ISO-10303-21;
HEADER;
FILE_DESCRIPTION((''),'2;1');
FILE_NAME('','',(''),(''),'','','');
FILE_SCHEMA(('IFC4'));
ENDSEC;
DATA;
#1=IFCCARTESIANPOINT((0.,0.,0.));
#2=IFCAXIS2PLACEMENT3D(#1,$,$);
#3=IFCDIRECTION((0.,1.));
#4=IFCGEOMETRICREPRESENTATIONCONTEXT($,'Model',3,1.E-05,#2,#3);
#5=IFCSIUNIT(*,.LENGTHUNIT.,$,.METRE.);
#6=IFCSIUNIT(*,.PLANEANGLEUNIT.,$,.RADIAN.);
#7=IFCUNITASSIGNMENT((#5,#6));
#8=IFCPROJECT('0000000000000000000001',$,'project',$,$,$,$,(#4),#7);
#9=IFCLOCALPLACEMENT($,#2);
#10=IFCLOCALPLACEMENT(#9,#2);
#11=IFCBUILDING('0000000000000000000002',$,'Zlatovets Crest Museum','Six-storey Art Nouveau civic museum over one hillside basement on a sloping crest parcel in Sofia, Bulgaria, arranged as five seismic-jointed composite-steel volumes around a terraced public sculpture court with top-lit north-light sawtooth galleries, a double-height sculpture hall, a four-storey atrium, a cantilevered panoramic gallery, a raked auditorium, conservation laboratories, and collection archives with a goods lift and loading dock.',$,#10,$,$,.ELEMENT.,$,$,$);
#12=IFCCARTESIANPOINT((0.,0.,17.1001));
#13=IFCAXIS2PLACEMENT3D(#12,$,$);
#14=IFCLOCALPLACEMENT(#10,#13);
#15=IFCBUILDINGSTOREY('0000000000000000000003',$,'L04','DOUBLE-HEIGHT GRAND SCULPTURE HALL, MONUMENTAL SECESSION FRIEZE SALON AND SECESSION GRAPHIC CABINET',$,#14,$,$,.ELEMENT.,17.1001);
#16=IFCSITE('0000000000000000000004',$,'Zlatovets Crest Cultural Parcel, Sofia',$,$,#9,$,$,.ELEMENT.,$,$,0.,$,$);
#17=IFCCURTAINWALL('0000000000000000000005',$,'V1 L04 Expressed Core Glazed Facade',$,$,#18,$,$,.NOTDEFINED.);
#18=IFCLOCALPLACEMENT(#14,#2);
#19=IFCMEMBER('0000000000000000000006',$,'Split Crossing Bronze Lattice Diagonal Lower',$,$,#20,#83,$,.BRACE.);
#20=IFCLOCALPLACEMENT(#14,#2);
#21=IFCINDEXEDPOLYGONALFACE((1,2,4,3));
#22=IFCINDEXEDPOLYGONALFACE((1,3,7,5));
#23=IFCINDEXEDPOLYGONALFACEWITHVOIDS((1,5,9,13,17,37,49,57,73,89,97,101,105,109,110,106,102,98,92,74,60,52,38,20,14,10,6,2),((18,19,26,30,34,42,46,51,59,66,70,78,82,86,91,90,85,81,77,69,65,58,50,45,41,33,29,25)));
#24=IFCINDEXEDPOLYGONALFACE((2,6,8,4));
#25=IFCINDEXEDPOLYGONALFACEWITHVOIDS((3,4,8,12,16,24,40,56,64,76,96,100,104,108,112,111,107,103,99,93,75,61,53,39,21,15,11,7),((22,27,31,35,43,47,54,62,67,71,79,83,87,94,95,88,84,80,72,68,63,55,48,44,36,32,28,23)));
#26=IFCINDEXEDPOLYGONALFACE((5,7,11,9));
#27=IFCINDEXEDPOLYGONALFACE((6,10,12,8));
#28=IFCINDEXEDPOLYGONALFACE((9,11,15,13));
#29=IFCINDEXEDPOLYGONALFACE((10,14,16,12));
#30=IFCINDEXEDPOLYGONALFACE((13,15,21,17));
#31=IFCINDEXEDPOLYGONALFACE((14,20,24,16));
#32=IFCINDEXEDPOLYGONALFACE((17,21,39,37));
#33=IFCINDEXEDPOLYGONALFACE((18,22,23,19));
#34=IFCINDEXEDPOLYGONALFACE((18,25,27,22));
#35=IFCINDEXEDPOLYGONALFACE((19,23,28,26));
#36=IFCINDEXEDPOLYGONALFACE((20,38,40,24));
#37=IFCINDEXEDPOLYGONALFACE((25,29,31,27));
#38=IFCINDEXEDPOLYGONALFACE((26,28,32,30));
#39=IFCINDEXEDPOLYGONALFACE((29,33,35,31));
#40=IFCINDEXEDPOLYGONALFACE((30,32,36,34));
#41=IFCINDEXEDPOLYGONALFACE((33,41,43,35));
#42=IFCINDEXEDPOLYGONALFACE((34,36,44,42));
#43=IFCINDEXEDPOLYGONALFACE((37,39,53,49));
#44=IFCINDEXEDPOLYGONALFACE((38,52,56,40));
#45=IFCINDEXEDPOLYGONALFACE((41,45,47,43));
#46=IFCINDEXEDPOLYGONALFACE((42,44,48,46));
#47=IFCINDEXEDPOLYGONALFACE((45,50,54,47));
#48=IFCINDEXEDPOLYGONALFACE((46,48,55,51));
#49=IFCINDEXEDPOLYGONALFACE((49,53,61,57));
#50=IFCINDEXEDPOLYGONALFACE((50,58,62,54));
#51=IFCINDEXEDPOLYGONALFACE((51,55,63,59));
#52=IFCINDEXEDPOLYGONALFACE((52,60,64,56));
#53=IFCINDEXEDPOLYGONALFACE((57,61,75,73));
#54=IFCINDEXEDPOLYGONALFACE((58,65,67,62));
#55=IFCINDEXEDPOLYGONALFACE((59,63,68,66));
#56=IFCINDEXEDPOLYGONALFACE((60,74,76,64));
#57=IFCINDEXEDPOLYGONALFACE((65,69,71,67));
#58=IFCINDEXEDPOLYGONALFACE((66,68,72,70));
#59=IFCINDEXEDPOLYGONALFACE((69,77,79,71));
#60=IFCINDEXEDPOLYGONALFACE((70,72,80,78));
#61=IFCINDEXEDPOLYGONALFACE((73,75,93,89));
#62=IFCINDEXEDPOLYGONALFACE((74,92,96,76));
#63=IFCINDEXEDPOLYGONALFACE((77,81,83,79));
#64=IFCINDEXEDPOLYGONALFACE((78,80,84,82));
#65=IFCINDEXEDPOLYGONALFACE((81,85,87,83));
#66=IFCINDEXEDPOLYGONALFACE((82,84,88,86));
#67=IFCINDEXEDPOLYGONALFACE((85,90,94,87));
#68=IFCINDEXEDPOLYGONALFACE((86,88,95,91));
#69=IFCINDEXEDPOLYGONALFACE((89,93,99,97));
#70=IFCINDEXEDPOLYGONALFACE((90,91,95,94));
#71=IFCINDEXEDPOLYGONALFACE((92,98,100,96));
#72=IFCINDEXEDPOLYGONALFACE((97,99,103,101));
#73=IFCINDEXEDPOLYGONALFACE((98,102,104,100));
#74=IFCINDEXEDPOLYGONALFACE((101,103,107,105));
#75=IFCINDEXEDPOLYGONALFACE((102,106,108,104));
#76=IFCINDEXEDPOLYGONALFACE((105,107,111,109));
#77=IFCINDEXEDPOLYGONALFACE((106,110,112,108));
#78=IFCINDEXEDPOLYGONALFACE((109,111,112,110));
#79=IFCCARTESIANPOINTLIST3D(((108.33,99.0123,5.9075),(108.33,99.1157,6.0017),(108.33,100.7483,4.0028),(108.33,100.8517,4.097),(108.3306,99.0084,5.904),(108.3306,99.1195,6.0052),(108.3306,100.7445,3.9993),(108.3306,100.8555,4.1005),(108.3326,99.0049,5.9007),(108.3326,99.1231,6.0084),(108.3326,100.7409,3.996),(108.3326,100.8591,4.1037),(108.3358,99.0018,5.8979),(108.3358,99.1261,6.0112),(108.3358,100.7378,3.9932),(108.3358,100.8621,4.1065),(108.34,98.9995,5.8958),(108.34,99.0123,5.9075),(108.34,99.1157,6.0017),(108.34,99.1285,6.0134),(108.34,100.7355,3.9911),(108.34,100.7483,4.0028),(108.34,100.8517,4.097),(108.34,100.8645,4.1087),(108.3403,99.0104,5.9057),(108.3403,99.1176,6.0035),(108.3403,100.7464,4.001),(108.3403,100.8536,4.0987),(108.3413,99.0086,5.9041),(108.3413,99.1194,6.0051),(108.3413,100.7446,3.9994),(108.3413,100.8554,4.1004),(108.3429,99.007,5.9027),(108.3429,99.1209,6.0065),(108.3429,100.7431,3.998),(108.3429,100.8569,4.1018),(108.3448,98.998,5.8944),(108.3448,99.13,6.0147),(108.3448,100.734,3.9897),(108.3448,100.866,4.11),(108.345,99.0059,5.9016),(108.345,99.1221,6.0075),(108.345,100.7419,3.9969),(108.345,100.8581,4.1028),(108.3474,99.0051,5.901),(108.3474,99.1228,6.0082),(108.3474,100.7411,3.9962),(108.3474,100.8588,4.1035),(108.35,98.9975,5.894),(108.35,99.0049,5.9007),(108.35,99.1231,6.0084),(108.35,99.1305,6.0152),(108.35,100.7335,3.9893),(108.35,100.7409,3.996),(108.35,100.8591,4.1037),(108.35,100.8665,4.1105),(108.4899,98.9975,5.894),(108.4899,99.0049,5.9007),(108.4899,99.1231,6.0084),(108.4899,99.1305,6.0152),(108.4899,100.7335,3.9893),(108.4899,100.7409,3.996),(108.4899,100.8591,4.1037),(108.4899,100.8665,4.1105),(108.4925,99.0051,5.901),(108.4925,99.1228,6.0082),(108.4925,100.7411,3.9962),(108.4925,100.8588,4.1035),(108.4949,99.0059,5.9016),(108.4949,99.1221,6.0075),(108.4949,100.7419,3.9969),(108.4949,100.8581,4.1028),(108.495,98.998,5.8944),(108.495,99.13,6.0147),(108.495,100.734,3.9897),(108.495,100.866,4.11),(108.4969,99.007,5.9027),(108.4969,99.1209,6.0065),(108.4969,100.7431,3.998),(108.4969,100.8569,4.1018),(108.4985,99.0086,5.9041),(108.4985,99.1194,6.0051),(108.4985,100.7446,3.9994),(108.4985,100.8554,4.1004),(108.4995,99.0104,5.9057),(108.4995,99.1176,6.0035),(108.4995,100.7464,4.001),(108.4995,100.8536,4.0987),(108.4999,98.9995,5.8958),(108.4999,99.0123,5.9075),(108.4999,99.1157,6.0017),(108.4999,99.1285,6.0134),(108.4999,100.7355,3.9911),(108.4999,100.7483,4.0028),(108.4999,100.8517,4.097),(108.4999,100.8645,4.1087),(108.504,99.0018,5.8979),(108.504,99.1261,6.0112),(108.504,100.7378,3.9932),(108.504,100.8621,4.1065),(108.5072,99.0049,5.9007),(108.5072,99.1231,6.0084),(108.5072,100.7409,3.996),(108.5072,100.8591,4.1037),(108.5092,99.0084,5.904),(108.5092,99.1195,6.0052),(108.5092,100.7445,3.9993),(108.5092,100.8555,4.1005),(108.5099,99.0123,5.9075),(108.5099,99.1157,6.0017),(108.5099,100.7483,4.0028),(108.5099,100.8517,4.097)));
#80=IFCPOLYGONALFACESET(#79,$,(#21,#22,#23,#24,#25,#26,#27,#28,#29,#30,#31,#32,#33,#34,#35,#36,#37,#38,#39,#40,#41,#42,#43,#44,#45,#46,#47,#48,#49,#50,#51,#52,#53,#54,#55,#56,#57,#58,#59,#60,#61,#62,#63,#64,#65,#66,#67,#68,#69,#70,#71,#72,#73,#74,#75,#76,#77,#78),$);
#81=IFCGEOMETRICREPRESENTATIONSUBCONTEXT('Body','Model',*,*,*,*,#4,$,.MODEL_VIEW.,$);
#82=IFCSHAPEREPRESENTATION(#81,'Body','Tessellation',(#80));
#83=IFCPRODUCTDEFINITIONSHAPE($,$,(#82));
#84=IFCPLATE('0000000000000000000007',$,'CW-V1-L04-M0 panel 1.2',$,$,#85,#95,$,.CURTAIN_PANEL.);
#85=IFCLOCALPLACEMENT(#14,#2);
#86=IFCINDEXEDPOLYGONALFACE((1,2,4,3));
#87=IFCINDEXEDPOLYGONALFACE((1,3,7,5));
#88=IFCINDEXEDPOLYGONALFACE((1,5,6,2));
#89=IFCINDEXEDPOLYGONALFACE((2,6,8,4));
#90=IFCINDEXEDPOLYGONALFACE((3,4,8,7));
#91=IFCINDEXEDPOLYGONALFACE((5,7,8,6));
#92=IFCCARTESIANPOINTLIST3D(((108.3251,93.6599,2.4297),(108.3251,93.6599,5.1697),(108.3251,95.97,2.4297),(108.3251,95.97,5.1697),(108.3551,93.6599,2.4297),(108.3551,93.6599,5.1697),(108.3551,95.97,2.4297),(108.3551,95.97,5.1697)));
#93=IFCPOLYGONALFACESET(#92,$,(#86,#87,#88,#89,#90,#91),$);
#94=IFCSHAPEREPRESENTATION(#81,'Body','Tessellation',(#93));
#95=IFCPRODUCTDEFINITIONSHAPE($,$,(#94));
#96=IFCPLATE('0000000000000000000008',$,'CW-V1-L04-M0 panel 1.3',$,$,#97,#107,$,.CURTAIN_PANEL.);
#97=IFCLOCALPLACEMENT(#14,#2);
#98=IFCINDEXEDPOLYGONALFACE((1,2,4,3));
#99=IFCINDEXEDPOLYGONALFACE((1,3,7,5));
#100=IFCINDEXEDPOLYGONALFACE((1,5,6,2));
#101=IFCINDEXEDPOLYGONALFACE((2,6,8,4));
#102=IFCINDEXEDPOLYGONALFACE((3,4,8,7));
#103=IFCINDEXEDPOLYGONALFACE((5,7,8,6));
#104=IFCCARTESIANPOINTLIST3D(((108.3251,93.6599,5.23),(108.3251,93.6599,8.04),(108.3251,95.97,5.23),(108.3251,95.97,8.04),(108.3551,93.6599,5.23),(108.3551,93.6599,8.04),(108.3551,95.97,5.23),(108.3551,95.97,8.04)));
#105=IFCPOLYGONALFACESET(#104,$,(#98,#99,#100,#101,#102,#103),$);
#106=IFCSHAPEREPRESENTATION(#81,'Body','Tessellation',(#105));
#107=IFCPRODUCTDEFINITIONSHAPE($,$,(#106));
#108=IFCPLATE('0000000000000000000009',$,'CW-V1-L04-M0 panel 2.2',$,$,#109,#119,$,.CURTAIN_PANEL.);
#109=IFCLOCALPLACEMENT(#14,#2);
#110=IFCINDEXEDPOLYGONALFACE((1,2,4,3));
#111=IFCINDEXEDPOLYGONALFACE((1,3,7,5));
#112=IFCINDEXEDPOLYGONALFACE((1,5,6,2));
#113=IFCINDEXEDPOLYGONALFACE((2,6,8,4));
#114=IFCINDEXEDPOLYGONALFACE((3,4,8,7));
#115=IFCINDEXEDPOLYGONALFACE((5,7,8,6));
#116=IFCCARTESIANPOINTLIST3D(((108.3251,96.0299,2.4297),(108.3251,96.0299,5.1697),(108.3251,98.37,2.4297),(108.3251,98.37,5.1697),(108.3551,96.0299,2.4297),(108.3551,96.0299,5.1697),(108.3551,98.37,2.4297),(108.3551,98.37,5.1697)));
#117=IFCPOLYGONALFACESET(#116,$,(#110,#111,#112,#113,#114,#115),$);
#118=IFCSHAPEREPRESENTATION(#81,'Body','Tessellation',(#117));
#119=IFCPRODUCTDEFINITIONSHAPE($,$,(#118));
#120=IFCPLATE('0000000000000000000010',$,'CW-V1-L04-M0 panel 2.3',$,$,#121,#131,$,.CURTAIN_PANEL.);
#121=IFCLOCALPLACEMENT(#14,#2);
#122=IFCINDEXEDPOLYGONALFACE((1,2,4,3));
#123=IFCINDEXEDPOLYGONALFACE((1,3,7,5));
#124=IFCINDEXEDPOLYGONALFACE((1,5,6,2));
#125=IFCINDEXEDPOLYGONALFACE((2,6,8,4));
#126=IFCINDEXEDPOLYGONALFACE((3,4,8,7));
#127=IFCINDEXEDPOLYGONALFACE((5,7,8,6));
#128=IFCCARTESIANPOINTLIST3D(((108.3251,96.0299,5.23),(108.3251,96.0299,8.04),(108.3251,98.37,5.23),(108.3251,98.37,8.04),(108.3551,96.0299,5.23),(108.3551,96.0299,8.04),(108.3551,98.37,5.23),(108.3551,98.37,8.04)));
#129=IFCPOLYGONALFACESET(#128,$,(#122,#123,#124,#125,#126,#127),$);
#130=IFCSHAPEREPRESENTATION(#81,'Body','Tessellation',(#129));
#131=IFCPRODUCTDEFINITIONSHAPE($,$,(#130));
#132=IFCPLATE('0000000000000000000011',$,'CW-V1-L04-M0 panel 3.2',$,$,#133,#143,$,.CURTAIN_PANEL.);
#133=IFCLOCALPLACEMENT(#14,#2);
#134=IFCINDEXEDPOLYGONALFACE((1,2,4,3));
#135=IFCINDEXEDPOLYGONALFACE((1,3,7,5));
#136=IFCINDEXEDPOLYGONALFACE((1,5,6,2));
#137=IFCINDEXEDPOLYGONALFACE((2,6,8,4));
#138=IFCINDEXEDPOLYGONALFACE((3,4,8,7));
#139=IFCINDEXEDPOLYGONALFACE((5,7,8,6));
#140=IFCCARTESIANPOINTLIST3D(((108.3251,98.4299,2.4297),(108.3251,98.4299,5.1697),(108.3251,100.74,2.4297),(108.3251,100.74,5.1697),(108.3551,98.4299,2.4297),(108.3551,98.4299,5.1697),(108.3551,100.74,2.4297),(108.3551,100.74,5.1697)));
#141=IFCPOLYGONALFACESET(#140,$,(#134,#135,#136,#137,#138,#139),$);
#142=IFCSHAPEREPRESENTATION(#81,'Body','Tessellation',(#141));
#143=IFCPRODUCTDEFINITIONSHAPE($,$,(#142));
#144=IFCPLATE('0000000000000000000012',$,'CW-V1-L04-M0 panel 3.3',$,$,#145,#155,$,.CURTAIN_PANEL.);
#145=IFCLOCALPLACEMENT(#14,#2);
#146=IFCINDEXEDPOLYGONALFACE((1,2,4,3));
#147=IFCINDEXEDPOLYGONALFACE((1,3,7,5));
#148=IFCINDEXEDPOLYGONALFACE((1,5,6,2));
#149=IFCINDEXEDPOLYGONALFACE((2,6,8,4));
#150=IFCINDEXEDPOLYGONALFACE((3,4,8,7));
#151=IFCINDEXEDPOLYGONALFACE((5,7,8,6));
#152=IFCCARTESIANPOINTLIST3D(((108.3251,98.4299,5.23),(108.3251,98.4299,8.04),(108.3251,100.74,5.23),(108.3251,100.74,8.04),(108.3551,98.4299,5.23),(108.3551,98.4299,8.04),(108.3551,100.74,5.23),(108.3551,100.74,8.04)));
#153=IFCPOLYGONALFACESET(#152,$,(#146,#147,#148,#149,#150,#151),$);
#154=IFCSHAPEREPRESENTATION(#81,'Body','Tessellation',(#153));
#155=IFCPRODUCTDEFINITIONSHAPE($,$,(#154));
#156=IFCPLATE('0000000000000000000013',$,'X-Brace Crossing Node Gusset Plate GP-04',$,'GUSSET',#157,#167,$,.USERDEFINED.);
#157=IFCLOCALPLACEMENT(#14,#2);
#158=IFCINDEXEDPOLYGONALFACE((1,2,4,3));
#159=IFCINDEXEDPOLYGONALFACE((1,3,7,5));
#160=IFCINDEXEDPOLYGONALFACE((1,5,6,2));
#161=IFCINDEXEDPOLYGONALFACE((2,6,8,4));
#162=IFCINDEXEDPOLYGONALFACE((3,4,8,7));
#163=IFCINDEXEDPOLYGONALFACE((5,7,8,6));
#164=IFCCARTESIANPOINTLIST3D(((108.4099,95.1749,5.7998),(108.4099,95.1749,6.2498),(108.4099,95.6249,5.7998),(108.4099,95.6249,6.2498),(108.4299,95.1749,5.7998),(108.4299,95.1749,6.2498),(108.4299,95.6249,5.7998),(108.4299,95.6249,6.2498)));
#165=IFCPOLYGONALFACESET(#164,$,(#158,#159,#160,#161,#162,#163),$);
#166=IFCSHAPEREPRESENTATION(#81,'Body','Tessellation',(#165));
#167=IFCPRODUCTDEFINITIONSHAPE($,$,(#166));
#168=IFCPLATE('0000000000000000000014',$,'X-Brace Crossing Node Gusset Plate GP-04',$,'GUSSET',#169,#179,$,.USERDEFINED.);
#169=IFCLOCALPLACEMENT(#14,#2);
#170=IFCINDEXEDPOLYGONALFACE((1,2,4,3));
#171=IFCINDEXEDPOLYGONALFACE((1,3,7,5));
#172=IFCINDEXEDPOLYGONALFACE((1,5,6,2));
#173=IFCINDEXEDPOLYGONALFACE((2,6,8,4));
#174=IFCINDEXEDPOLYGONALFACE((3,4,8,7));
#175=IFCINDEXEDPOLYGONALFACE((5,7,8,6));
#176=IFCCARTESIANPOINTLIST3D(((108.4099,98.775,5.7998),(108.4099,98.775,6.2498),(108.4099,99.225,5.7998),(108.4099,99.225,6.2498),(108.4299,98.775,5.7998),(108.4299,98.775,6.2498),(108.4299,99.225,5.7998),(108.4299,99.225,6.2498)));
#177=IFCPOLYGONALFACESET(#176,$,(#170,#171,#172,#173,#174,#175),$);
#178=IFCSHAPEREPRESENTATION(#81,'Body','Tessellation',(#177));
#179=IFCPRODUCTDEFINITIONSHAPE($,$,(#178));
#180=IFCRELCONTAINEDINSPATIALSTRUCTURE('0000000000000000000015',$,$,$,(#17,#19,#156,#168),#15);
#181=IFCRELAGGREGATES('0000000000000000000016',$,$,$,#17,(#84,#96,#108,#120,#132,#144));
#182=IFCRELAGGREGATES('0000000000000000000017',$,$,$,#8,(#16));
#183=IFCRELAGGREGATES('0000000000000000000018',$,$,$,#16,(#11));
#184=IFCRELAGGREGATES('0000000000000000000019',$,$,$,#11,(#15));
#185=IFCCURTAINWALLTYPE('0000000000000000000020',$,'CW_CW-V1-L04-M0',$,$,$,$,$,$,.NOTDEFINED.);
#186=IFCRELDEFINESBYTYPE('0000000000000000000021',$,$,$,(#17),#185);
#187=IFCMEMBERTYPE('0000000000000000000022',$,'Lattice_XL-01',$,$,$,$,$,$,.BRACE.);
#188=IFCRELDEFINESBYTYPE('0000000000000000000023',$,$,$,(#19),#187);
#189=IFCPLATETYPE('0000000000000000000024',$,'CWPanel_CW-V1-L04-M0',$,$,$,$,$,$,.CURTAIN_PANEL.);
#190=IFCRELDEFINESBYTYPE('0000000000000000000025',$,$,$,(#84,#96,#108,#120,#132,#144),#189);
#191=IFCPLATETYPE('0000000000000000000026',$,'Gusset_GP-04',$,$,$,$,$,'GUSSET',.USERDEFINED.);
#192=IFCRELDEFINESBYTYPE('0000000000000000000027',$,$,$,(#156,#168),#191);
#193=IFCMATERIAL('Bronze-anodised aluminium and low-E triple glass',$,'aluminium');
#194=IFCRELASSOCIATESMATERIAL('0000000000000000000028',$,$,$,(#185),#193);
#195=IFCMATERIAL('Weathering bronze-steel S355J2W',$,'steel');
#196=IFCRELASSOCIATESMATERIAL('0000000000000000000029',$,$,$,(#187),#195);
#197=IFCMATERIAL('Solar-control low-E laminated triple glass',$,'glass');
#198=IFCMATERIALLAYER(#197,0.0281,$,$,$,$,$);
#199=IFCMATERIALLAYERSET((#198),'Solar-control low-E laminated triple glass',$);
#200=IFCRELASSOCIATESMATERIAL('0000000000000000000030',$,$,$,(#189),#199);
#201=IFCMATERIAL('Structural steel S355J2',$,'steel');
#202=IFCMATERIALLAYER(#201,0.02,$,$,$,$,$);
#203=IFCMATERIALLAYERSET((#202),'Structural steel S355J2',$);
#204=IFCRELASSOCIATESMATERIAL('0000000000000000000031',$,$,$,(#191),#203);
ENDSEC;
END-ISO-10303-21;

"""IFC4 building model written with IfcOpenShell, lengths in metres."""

from ifc_helpers import new_model, si_unit, direction, frame, origin, origin_2d, place, context, subcontext, project, spatial, rectangle, hollow_rectangle, extrude, material, layer, layer_set, material_profile, profile_set, type_object, element, aggregate, save


model = new_model("IFC4")

# Units and contexts
model_context = context("Model", 3, precision=1e-05, world=origin(), true_north=direction((0.0, 1.0)))
body_context = subcontext(model_context, "Body", "Model", "MODEL_VIEW")
ifc_project = project(units=[si_unit("LENGTHUNIT", "METRE"), si_unit("PLANEANGLEUNIT", "RADIAN")], contexts=[model_context])

# Site, building, storey
site_placement = place(None, origin())
site = spatial("IfcSite", under=ifc_project, at=site_placement, Name="Zlatovets Crest Cultural Parcel, Sofia", CompositionType="ELEMENT", RefElevation=0.0)
building_placement = place(site_placement, origin())
building = spatial("IfcBuilding", under=site, at=building_placement, Name="Zlatovets Crest Museum", Description="Six-storey Art Nouveau civic museum over one hillside basement on a sloping crest parcel in Sofia, Bulgaria, arranged as five seismic-jointed composite-steel volumes around a terraced public sculpture court with top-lit north-light sawtooth galleries, a double-height sculpture hall, a four-storey atrium, a cantilevered panoramic gallery, a raked auditorium, conservation laboratories, and collection archives with a goods lift and loading dock.", CompositionType="ELEMENT")
storey_placement = place(building_placement, frame((0.0, 0.0, 17.1001)))
storey = spatial("IfcBuildingStorey", under=building, at=storey_placement, Name="L04", Description="DOUBLE-HEIGHT GRAND SCULPTURE HALL, MONUMENTAL SECESSION FRIEZE SALON AND SECESSION GRAPHIC CABINET", CompositionType="ELEMENT", Elevation=17.1001)

# Shared definitions
ifc_material_1 = material(Name="Structural steel S355J2", Category="steel")

# Curtain wall
ifc_material_2 = material(Name="Bronze-anodised aluminium and low-E triple glass", Category="aluminium")
curtain_wall_type = type_object("IfcCurtainWallType", Name="CW_CW-V1-L04-M0", PredefinedType="NOTDEFINED", material=ifc_material_2)
curtain_wall_placement = place(storey_placement, origin())
curtain_wall = element("IfcCurtainWall", 1, at=curtain_wall_placement, inside=storey, type_object=curtain_wall_type, Name="V1 L04 Expressed Core Glazed Facade", PredefinedType="NOTDEFINED")

# Member
ifc_material_3 = material(Name="Weathering bronze-steel S355J2W", Category="steel")
ifc_material_profile_1 = material_profile(ifc_material_3, hollow_rectangle(XDim=0.1799, YDim=0.1799, WallThickness=0.01, InnerFilletRadius=0.01, OuterFilletRadius=0.02, at=origin_2d()), Name="SHS 180x180x10.0")
ifc_profile_set_1 = profile_set([ifc_material_profile_1], Name="Weathering bronze-steel S355J2W")
member_type_1 = type_object("IfcMemberType", Name="Lattice_XL-01", PredefinedType="BRACE", material=ifc_profile_set_1)
for number, where, z_axis, x_axis, name in (
    (2, (108.4199, 99.064, 5.9546), (0.0, 0.67362, -0.739078), (-1.0, 0.0, 0.0), "Split Crossing Bronze Lattice Diagonal Lower"),
):
    element("IfcMember", number, at=place(storey_placement, frame(where, z_axis=z_axis, x_axis=x_axis)), inside=storey, type_object=member_type_1, Name=name, PredefinedType="BRACE", context=body_context, shape_type="SweptSolid", body=[
        extrude(hollow_rectangle(XDim=0.1799, YDim=0.1799, WallThickness=0.01, InnerFilletRadius=0.01, OuterFilletRadius=0.02, at=origin_2d()), origin(), (0.0, 0.0, 1.0), 2.5771),
    ])

# Plates
ifc_material_4 = material(Name="Solar-control low-E laminated triple glass", Category="glass")
ifc_layer_1 = layer(ifc_material_4, 0.0281)
ifc_layer_set_1 = layer_set([ifc_layer_1], Name="Solar-control low-E laminated triple glass")
plate_type_1 = type_object("IfcPlateType", Name="CWPanel_CW-V1-L04-M0", PredefinedType="CURTAIN_PANEL", material=ifc_layer_set_1)
plate_1_placement = place(storey_placement, frame((108.3401, 94.8149, 2.4297), z_axis=(0.0, 0.0, 1.0), x_axis=(0.0, 1.0, 0.0)))
plate_1 = element("IfcPlate", 3, at=plate_1_placement, type_object=plate_type_1, Name="CW-V1-L04-M0 panel 1.2", PredefinedType="CURTAIN_PANEL", context=body_context, shape_type="SweptSolid", body=[
    extrude(rectangle(XDim=2.3101, YDim=0.03, at=origin_2d()), origin(), (0.0, 0.0, 1.0), 2.74),
])
plate_2_placement = place(storey_placement, frame((108.3401, 94.8149, 5.23), z_axis=(0.0, 0.0, 1.0), x_axis=(0.0, 1.0, 0.0)))
plate_2 = element("IfcPlate", 4, at=plate_2_placement, type_object=plate_type_1, Name="CW-V1-L04-M0 panel 1.3", PredefinedType="CURTAIN_PANEL", context=body_context, shape_type="SweptSolid", body=[
    extrude(rectangle(XDim=2.3101, YDim=0.03, at=origin_2d()), origin(), (0.0, 0.0, 1.0), 2.8101),
])
plate_3_placement = place(storey_placement, frame((108.3401, 97.2, 2.4297), z_axis=(0.0, 0.0, 1.0), x_axis=(0.0, 1.0, 0.0)))
plate_3 = element("IfcPlate", 5, at=plate_3_placement, type_object=plate_type_1, Name="CW-V1-L04-M0 panel 2.2", PredefinedType="CURTAIN_PANEL", context=body_context, shape_type="SweptSolid", body=[
    extrude(rectangle(XDim=2.3401, YDim=0.03, at=origin_2d()), origin(), (0.0, 0.0, 1.0), 2.74),
])
plate_4_placement = place(storey_placement, frame((108.3401, 97.2, 5.23), z_axis=(0.0, 0.0, 1.0), x_axis=(0.0, 1.0, 0.0)))
plate_4 = element("IfcPlate", 6, at=plate_4_placement, type_object=plate_type_1, Name="CW-V1-L04-M0 panel 2.3", PredefinedType="CURTAIN_PANEL", context=body_context, shape_type="SweptSolid", body=[
    extrude(rectangle(XDim=2.3401, YDim=0.03, at=origin_2d()), origin(), (0.0, 0.0, 1.0), 2.8101),
])
plate_5_placement = place(storey_placement, frame((108.3401, 99.585, 2.4297), z_axis=(0.0, 0.0, 1.0), x_axis=(0.0, 1.0, 0.0)))
plate_5 = element("IfcPlate", 7, at=plate_5_placement, type_object=plate_type_1, Name="CW-V1-L04-M0 panel 3.2", PredefinedType="CURTAIN_PANEL", context=body_context, shape_type="SweptSolid", body=[
    extrude(rectangle(XDim=2.3101, YDim=0.03, at=origin_2d()), origin(), (0.0, 0.0, 1.0), 2.74),
])
plate_6_placement = place(storey_placement, frame((108.3401, 99.585, 5.23), z_axis=(0.0, 0.0, 1.0), x_axis=(0.0, 1.0, 0.0)))
plate_6 = element("IfcPlate", 8, at=plate_6_placement, type_object=plate_type_1, Name="CW-V1-L04-M0 panel 3.3", PredefinedType="CURTAIN_PANEL", context=body_context, shape_type="SweptSolid", body=[
    extrude(rectangle(XDim=2.3101, YDim=0.03, at=origin_2d()), origin(), (0.0, 0.0, 1.0), 2.8101),
])
aggregate(curtain_wall, [plate_1, plate_2, plate_3, plate_4, plate_5, plate_6])

# Plates
ifc_layer_2 = layer(ifc_material_1, 0.02)
ifc_layer_set_2 = layer_set([ifc_layer_2], Name="Structural steel S355J2")
plate_type_2 = type_object("IfcPlateType", Name="Gusset_GP-04", ElementType="GUSSET", PredefinedType="USERDEFINED", material=ifc_layer_set_2)
for number, where, z_axis, x_axis, name in (
    (9, (108.4199, 95.3999, 5.7998), (0.0, 0.0, 1.0), (1.0, 0.0, 0.0), "X-Brace Crossing Node Gusset Plate GP-04"),
    (10, (108.4199, 99.0, 5.7998), (0.0, 0.0, 1.0), (1.0, 0.0, 0.0), "X-Brace Crossing Node Gusset Plate GP-04"),
):
    element("IfcPlate", number, at=place(storey_placement, frame(where, z_axis=z_axis, x_axis=x_axis)), inside=storey, type_object=plate_type_2, Name=name, ObjectType="GUSSET", PredefinedType="USERDEFINED", context=body_context, shape_type="SweptSolid", body=[
        extrude(rectangle(XDim=0.02, YDim=0.45, at=origin_2d()), origin(), (0.0, 0.0, 1.0), 0.45),
    ])

save(model, "model.ifc")
